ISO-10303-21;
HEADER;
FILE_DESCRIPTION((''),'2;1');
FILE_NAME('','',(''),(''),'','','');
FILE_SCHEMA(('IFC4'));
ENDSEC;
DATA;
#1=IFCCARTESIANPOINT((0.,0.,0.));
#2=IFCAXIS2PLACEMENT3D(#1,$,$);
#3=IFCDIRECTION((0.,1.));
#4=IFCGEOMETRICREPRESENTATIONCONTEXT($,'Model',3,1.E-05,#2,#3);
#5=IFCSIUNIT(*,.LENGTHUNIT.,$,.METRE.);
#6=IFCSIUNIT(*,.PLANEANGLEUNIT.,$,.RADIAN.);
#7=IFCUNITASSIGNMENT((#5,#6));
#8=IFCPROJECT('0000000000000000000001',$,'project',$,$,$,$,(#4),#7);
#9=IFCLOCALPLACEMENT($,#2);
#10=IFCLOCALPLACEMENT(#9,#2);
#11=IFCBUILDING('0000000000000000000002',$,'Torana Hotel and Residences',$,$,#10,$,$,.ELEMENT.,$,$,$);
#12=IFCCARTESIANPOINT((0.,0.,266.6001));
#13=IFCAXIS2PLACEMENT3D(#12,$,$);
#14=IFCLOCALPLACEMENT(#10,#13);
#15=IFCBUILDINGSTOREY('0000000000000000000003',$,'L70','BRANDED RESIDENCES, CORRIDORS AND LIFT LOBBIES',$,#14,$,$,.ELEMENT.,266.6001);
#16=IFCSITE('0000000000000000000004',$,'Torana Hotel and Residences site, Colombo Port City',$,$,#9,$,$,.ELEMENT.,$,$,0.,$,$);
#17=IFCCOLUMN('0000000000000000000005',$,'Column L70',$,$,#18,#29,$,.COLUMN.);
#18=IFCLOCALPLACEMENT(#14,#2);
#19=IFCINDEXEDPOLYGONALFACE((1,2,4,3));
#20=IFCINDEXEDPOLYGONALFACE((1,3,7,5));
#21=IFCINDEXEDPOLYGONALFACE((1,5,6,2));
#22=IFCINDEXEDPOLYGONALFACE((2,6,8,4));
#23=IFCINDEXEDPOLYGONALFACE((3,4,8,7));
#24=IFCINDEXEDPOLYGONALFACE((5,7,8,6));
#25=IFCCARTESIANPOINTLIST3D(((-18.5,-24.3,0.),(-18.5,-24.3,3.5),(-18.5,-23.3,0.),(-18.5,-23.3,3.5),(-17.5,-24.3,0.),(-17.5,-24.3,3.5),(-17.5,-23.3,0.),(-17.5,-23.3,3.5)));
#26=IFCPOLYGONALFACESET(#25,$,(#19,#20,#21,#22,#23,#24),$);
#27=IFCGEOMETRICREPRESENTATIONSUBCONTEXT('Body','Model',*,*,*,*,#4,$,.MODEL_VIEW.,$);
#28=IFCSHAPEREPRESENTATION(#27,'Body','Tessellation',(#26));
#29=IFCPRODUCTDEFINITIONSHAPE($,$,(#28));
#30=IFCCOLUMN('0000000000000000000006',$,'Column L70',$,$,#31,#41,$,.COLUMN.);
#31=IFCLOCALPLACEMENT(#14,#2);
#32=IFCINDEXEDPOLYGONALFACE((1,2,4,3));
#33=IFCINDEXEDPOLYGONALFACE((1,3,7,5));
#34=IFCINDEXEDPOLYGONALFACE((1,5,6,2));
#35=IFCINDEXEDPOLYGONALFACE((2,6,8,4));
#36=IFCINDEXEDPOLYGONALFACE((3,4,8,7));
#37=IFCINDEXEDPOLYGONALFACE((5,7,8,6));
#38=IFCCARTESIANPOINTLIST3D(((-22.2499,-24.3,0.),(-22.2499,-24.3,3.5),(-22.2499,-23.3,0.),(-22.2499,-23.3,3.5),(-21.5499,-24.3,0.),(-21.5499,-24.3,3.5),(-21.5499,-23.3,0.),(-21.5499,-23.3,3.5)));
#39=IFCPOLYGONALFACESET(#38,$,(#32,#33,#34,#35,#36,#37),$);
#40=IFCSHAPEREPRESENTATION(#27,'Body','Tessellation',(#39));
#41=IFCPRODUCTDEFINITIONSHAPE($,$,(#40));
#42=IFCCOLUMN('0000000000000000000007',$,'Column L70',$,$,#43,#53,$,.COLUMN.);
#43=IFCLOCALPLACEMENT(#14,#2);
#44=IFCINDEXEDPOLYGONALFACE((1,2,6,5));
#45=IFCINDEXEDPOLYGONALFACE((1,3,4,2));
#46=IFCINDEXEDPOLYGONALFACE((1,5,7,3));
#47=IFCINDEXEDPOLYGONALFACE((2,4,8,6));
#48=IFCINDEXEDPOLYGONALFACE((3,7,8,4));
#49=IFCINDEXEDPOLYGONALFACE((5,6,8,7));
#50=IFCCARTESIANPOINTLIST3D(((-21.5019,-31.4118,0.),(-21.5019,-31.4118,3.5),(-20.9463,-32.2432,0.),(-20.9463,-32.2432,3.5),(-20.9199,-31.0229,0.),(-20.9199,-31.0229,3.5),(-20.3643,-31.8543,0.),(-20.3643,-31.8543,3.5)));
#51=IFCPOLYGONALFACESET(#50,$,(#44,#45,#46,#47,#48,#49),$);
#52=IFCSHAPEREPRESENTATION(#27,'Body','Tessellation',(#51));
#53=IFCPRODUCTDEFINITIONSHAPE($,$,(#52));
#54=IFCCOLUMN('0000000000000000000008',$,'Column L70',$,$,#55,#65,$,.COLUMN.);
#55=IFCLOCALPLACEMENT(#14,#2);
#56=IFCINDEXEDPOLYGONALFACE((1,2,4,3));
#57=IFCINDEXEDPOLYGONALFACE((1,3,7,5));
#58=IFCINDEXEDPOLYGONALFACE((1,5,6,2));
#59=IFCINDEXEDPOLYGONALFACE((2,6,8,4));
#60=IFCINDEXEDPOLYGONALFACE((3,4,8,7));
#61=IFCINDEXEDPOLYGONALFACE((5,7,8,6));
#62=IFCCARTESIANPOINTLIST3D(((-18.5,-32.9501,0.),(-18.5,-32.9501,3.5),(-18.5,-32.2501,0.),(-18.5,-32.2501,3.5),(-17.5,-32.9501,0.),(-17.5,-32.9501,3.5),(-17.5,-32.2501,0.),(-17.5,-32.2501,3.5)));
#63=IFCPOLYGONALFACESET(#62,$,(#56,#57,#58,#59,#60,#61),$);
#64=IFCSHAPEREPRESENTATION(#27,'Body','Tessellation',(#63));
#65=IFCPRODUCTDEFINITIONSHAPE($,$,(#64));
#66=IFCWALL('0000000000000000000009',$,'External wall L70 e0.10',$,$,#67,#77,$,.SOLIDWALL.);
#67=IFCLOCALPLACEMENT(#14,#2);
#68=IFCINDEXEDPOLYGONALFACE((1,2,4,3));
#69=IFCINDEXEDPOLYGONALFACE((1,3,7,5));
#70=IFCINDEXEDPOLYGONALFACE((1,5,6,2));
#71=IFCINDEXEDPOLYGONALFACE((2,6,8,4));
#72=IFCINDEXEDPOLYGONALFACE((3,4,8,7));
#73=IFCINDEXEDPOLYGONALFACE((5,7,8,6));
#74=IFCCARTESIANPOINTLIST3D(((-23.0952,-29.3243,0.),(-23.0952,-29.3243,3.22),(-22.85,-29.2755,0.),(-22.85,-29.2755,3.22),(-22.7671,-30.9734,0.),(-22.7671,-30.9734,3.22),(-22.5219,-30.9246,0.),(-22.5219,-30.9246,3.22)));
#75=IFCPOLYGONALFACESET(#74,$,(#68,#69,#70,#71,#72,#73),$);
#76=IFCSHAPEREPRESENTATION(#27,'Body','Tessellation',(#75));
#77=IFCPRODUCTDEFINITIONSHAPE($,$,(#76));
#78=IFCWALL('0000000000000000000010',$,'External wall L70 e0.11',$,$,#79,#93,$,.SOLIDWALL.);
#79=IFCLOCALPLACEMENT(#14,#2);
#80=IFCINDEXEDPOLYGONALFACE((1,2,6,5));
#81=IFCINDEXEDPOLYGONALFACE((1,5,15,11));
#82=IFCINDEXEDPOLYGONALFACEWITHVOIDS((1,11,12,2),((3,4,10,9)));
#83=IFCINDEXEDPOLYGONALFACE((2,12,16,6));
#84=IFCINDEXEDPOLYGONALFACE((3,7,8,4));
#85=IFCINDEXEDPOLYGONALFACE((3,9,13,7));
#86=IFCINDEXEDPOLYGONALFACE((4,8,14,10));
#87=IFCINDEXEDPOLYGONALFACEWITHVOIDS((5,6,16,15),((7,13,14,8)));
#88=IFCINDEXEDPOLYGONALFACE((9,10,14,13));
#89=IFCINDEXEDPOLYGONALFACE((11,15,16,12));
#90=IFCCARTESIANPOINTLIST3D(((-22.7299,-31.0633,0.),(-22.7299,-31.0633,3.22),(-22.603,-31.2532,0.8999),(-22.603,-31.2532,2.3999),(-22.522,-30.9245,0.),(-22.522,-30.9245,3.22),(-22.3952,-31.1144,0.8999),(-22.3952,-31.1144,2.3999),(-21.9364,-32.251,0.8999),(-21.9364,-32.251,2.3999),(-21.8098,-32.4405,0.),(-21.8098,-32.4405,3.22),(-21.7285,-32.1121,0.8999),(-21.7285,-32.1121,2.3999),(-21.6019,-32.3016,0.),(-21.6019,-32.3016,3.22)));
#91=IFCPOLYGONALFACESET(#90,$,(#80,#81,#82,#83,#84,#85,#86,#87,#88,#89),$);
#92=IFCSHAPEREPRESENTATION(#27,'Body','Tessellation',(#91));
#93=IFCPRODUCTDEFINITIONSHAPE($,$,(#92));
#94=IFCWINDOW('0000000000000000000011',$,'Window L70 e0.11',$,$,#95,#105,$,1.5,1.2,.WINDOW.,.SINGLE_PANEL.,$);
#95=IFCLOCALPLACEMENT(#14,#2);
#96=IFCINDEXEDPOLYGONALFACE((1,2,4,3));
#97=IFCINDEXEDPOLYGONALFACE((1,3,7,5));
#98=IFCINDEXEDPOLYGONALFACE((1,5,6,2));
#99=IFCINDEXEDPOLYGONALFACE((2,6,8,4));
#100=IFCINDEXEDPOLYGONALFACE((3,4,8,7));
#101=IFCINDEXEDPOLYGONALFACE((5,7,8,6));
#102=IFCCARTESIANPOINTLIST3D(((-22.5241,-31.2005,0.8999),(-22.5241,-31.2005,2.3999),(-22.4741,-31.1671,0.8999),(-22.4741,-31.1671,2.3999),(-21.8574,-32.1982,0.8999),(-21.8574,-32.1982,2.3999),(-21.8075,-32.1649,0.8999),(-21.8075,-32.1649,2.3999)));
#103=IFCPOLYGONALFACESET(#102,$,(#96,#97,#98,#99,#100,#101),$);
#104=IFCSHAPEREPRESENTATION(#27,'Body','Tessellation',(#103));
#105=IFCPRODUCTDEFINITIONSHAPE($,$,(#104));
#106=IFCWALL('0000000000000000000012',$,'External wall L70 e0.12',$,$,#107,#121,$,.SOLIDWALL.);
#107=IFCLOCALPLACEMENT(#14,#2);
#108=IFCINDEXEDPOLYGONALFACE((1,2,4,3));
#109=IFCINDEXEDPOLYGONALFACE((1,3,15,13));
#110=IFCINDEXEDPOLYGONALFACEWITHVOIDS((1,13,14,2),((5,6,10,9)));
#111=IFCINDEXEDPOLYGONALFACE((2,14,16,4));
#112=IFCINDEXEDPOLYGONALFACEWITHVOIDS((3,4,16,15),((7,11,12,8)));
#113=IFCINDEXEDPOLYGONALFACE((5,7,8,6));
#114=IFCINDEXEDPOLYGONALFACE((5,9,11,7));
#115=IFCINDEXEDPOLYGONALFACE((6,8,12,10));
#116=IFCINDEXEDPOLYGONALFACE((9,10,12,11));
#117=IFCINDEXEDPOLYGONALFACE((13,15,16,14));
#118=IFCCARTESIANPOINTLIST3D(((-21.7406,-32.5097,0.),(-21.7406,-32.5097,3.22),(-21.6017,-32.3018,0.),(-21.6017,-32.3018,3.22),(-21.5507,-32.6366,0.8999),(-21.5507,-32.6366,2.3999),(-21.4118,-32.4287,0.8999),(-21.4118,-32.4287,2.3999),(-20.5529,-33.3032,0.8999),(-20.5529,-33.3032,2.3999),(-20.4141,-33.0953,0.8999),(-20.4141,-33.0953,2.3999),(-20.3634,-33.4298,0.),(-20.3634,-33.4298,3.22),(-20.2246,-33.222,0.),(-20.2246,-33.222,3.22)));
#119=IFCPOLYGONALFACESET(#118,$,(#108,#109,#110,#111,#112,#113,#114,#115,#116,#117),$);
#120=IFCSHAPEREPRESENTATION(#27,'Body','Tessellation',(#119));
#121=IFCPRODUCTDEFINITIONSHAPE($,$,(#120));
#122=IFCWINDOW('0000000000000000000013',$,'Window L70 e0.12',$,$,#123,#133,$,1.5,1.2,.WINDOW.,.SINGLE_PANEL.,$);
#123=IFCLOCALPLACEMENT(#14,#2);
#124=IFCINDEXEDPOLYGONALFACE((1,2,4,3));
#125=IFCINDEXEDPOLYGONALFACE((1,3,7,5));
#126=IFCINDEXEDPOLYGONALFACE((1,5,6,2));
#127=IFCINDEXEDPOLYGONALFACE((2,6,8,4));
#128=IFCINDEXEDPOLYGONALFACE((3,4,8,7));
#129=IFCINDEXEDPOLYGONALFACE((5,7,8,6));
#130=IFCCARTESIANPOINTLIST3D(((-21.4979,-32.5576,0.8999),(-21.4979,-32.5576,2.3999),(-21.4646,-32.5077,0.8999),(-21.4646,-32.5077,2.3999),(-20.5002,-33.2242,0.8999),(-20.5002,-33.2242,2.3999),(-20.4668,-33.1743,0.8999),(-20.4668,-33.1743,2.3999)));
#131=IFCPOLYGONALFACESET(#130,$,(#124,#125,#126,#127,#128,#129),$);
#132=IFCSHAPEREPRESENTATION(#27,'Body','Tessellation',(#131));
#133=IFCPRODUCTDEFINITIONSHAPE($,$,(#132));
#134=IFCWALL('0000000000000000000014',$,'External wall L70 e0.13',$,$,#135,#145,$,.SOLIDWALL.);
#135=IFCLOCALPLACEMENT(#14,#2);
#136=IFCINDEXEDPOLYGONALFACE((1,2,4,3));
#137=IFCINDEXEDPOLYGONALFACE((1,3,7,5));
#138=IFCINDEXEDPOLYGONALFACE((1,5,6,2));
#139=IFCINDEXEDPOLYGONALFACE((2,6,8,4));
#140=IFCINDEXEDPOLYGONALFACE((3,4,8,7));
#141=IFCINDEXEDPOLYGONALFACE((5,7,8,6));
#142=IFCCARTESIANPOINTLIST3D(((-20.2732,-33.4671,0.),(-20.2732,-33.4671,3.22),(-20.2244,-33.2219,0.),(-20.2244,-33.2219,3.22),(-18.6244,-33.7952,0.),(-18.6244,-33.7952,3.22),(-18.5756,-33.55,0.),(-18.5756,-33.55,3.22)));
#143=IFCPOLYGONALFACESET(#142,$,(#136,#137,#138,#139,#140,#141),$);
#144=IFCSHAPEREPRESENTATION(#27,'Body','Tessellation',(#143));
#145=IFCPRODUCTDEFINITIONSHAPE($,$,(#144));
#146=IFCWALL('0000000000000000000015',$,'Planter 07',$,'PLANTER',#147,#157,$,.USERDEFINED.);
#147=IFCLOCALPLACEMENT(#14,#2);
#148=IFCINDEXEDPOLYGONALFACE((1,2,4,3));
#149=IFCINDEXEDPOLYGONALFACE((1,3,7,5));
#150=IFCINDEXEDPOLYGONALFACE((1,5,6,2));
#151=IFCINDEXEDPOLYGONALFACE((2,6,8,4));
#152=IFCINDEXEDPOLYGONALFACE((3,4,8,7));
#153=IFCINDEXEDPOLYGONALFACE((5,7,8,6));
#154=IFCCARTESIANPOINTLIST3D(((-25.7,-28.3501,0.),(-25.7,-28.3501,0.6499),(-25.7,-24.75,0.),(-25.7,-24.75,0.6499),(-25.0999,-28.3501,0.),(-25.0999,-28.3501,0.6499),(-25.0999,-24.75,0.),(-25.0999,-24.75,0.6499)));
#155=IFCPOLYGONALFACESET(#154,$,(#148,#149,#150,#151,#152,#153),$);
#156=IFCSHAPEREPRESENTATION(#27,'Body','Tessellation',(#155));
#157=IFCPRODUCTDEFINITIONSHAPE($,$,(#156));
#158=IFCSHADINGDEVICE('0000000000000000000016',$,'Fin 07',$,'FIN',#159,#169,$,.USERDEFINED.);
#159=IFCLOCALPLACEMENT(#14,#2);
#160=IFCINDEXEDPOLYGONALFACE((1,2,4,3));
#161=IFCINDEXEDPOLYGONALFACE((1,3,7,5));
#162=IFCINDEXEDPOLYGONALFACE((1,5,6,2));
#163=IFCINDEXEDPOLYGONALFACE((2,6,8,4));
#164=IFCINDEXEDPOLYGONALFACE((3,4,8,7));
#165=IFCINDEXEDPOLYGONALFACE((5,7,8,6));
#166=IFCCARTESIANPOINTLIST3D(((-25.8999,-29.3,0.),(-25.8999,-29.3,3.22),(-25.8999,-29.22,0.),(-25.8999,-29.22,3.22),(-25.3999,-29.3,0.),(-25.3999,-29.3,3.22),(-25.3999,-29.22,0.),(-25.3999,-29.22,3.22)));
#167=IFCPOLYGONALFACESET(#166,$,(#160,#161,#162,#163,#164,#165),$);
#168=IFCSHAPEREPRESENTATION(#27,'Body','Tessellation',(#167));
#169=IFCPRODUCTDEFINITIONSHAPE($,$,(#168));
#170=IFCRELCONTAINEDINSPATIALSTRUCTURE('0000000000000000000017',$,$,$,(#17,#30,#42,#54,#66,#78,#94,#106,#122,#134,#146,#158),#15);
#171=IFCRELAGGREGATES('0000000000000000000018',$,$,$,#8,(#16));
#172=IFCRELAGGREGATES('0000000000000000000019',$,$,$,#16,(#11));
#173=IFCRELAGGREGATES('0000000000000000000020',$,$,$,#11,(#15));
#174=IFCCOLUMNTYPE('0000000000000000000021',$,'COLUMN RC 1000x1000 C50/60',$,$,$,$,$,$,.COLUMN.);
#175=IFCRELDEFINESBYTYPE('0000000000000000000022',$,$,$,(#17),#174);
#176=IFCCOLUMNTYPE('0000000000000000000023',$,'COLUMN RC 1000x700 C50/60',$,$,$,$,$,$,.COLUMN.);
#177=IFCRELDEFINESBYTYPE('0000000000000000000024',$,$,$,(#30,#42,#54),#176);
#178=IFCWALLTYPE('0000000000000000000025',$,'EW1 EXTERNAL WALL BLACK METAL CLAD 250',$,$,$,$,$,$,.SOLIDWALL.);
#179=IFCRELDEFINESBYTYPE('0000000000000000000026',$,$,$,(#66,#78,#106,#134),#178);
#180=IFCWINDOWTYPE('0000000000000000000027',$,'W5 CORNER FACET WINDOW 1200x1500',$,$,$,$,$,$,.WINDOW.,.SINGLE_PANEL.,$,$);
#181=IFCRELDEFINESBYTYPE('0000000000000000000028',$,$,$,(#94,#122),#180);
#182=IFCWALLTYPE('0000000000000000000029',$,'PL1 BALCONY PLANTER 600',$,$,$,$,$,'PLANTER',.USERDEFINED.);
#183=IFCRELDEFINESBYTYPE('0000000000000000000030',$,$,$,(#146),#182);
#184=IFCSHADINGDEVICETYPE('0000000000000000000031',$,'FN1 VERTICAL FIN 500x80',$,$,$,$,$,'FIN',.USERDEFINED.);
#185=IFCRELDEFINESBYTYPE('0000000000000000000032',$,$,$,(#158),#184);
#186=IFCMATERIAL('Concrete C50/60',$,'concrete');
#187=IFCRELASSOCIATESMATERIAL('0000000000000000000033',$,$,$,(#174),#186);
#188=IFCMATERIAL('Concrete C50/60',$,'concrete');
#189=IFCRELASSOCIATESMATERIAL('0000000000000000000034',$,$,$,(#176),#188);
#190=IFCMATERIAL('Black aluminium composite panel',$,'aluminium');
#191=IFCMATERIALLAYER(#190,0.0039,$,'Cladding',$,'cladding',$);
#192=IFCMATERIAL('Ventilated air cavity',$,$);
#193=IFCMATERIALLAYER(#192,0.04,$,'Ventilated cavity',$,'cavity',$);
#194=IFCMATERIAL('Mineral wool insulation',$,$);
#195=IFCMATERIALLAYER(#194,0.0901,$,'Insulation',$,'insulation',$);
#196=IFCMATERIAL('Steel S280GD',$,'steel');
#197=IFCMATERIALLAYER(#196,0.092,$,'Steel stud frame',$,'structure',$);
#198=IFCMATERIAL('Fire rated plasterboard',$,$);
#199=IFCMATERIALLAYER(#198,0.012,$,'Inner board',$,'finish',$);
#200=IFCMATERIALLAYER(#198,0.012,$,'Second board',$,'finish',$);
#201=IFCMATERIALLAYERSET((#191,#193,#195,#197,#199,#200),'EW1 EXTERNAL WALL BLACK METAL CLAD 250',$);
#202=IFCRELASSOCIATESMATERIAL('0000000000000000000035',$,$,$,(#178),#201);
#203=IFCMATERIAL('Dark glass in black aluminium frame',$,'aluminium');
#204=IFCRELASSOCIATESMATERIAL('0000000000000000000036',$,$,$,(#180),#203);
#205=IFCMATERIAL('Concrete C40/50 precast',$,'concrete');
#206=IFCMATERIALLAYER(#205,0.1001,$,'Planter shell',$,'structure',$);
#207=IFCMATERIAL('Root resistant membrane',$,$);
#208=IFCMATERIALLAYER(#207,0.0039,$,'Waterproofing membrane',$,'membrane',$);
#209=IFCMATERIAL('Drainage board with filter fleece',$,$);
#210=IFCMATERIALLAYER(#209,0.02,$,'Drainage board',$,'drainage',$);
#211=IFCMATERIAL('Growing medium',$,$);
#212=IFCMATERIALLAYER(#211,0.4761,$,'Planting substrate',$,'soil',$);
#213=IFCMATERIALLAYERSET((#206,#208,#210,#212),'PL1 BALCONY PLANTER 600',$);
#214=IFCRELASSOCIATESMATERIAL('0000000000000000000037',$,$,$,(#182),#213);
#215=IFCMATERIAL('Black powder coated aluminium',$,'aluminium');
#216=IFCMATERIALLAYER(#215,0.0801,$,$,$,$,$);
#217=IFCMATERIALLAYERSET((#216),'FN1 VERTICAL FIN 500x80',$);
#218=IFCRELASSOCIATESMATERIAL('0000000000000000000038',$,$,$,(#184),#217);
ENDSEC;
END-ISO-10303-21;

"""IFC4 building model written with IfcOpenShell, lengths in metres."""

from ifc_helpers import new_model, si_unit, direction, frame, frame_2d, origin, origin_2d, place, context, subcontext, project, spatial, rectangle, extrude, material, layer, layer_set, material_profile, profile_set, type_object, element, fill, save


model = new_model("IFC4")

# Units and contexts
model_context = context("Model", 3, precision=1e-05, world=origin(), true_north=direction((0.0, 1.0)))
body_context = subcontext(model_context, "Body", "Model", "MODEL_VIEW")
ifc_project = project(units=[si_unit("LENGTHUNIT", "METRE"), si_unit("PLANEANGLEUNIT", "RADIAN")], contexts=[model_context])

# Site, building, storey
site_placement = place(None, origin())
site = spatial("IfcSite", under=ifc_project, at=site_placement, Name="Torana Hotel and Residences site, Colombo Port City", CompositionType="ELEMENT", RefElevation=0.0)
building_placement = place(site_placement, origin())
building = spatial("IfcBuilding", under=site, at=building_placement, Name="Torana Hotel and Residences", CompositionType="ELEMENT")
storey_placement = place(building_placement, frame((0.0, 0.0, 266.6001)))
storey = spatial("IfcBuildingStorey", under=building, at=storey_placement, Name="L70", Description="BRANDED RESIDENCES, CORRIDORS AND LIFT LOBBIES", CompositionType="ELEMENT", Elevation=266.6001)

# Columns
ifc_material_1 = material(Name="Concrete C50/60", Category="concrete")
ifc_material_profile_1 = material_profile(ifc_material_1, rectangle(XDim=1.0, YDim=1.0, at=origin_2d()), Name="RC 1000x1000")
ifc_profile_set_1 = profile_set([ifc_material_profile_1], Name="Concrete C50/60")
column_type_1 = type_object("IfcColumnType", Name="COLUMN RC 1000x1000 C50/60", PredefinedType="COLUMN", material=ifc_profile_set_1)
column_placement = place(storey_placement, frame((-18.0, -23.8, 0.0), z_axis=(0.0, 0.0, 1.0), x_axis=(1.0, 0.0, 0.0)))
element("IfcColumn", 1, at=column_placement, inside=storey, type_object=column_type_1, Name="Column L70", PredefinedType="COLUMN", context=body_context, shape_type="SweptSolid", body=[
    extrude(rectangle(XDim=1.0, YDim=1.0, at=origin_2d()), origin(), (0.0, 0.0, 1.0), 3.5),
])
ifc_material_2 = material(Name="Concrete C50/60", Category="concrete")
ifc_material_profile_2 = material_profile(ifc_material_2, rectangle(XDim=1.0, YDim=0.7, at=origin_2d()), Name="RC 1000x700")
ifc_profile_set_2 = profile_set([ifc_material_profile_2], Name="Concrete C50/60")
column_type_2 = type_object("IfcColumnType", Name="COLUMN RC 1000x700 C50/60", PredefinedType="COLUMN", material=ifc_profile_set_2)
for number, where, z_axis, x_axis, name in (
    (2, (-21.8999, -23.8, 0.0), (0.0, 0.0, 1.0), (0.0, 1.0, 0.0), "Column L70"),
    (3, (-20.9331, -31.6331, 0.0), (0.0, 0.0, 1.0), (-0.555585, 0.83146, 0.0), "Column L70"),
    (4, (-18.0, -32.6001, 0.0), (0.0, 0.0, 1.0), (1.0, 0.0, 0.0), "Column L70"),
):
    element("IfcColumn", number, at=place(storey_placement, frame(where, z_axis=z_axis, x_axis=x_axis)), inside=storey, type_object=column_type_2, Name=name, PredefinedType="COLUMN", context=body_context, shape_type="SweptSolid", body=[
        extrude(rectangle(XDim=1.0, YDim=0.7, at=origin_2d()), origin(), (0.0, 0.0, 1.0), 3.5),
    ])

# Wall
ifc_material_3 = material(Name="Black aluminium composite panel", Category="aluminium")
ifc_layer_1 = layer(ifc_material_3, 0.0039, Name="Cladding", Category="cladding")
ifc_material_4 = material(Name="Ventilated air cavity")
ifc_layer_2 = layer(ifc_material_4, 0.04, Name="Ventilated cavity", Category="cavity")
ifc_material_5 = material(Name="Mineral wool insulation")
ifc_layer_3 = layer(ifc_material_5, 0.0901, Name="Insulation", Category="insulation")
ifc_material_6 = material(Name="Steel S280GD", Category="steel")
ifc_layer_4 = layer(ifc_material_6, 0.092, Name="Steel stud frame", Category="structure")
ifc_material_7 = material(Name="Fire rated plasterboard")
ifc_layer_5 = layer(ifc_material_7, 0.012, Name="Inner board", Category="finish")
ifc_layer_6 = layer(ifc_material_7, 0.012, Name="Second board", Category="finish")
ifc_layer_set_1 = layer_set([ifc_layer_1, ifc_layer_2, ifc_layer_3, ifc_layer_4, ifc_layer_5, ifc_layer_6], Name="EW1 EXTERNAL WALL BLACK METAL CLAD 250")
wall_type_1 = type_object("IfcWallType", Name="EW1 EXTERNAL WALL BLACK METAL CLAD 250", PredefinedType="SOLIDWALL", material=ifc_layer_set_1)
wall_1_placement = place(storey_placement, frame((-22.9727, -29.2998, 0.0), z_axis=(0.0, 0.0, 1.0), x_axis=(0.195139, -0.980776, 0.0)))
element("IfcWall", 5, at=wall_1_placement, inside=storey, type_object=wall_type_1, Name="External wall L70 e0.10", PredefinedType="SOLIDWALL", context=body_context, shape_type="SweptSolid", body=[
    extrude(rectangle(XDim=1.6814, YDim=0.25, at=frame_2d((0.8408, 0.0))), origin(), (0.0, 0.0, 1.0), 3.22),
])

# Walls, openings, windows
wall_2_placement = place(storey_placement, frame((-22.626, -30.9939, 0.0), z_axis=(0.0, 0.0, 1.0), x_axis=(0.55555, -0.831483, 0.0)))
wall_2 = element("IfcWall", 6, at=wall_2_placement, inside=storey, type_object=wall_type_1, Name="External wall L70 e0.11", PredefinedType="SOLIDWALL", context=body_context, shape_type="SweptSolid", body=[
    extrude(rectangle(XDim=1.6562, YDim=0.25, at=frame_2d((0.8281, 0.0))), origin(), (0.0, 0.0, 1.0), 3.22),
])
opening_1_placement = place(wall_2_placement, frame((0.2283, 0.0, 0.8999)))
opening_1 = element("IfcOpeningElement", 7, at=opening_1_placement, cuts=wall_2, PredefinedType="OPENING", context=body_context, shape_type="SweptSolid", body=[
    extrude(rectangle(XDim=1.2, YDim=1.5, at=frame_2d((0.6001, 0.75))), frame((0.0, 0.135, 0.0), z_axis=(0.0, -1.0, 0.0), x_axis=(1.0, 0.0, 0.0)), (0.0, 0.0, 1.0), 0.27),
])
ifc_material_8 = material(Name="Dark glass in black aluminium frame", Category="aluminium")
window_type_1 = type_object("IfcWindowType", Name="W5 CORNER FACET WINDOW 1200x1500", PartitioningType="SINGLE_PANEL", PredefinedType="WINDOW", material=ifc_material_8)
window_1_placement = place(opening_1_placement, origin())
window_1 = element("IfcWindow", 8, at=window_1_placement, inside=storey, type_object=window_type_1, Name="Window L70 e0.11", OverallHeight=1.5, OverallWidth=1.2, PartitioningType="SINGLE_PANEL", PredefinedType="WINDOW", context=body_context, shape_type="SweptSolid", body=[
    extrude(rectangle(XDim=1.2, YDim=1.5, at=frame_2d((0.6001, 0.75))), frame((0.0, 0.03, 0.0), z_axis=(0.0, -1.0, 0.0), x_axis=(1.0, 0.0, 0.0)), (0.0, 0.0, 1.0), 0.0601),
])
fill(opening_1, window_1)
wall_3_placement = place(storey_placement, frame((-21.6711, -32.4058, 0.0), z_axis=(0.0, 0.0, 1.0), x_axis=(0.831483, -0.55555, 0.0)))
wall_3 = element("IfcWall", 9, at=wall_3_placement, inside=storey, type_object=wall_type_1, Name="External wall L70 e0.12", PredefinedType="SOLIDWALL", context=body_context, shape_type="SweptSolid", body=[
    extrude(rectangle(XDim=1.6562, YDim=0.25, at=frame_2d((0.8281, 0.0))), origin(), (0.0, 0.0, 1.0), 3.22),
])
opening_2_placement = place(wall_3_placement, frame((0.2283, 0.0, 0.8999)))
opening_2 = element("IfcOpeningElement", 10, at=opening_2_placement, cuts=wall_3, PredefinedType="OPENING", context=body_context, shape_type="SweptSolid", body=[
    extrude(rectangle(XDim=1.2, YDim=1.5, at=frame_2d((0.6001, 0.75))), frame((0.0, 0.135, 0.0), z_axis=(0.0, -1.0, 0.0), x_axis=(1.0, 0.0, 0.0)), (0.0, 0.0, 1.0), 0.27),
])
window_2_placement = place(opening_2_placement, origin())
window_2 = element("IfcWindow", 11, at=window_2_placement, inside=storey, type_object=window_type_1, Name="Window L70 e0.12", OverallHeight=1.5, OverallWidth=1.2, PartitioningType="SINGLE_PANEL", PredefinedType="WINDOW", context=body_context, shape_type="SweptSolid", body=[
    extrude(rectangle(XDim=1.2, YDim=1.5, at=frame_2d((0.6001, 0.75))), frame((0.0, 0.03, 0.0), z_axis=(0.0, -1.0, 0.0), x_axis=(1.0, 0.0, 0.0)), (0.0, 0.0, 1.0), 0.0601),
])
fill(opening_2, window_2)

# Wall
wall_4_placement = place(storey_placement, frame((-20.2488, -33.3445, 0.0), z_axis=(0.0, 0.0, 1.0), x_axis=(0.98077, -0.195167, 0.0)))
element("IfcWall", 12, at=wall_4_placement, inside=storey, type_object=wall_type_1, Name="External wall L70 e0.13", PredefinedType="SOLIDWALL", context=body_context, shape_type="SweptSolid", body=[
    extrude(rectangle(XDim=1.6812, YDim=0.25, at=frame_2d((0.8406, 0.0))), origin(), (0.0, 0.0, 1.0), 3.22),
])

# Wall
ifc_material_9 = material(Name="Concrete C40/50 precast", Category="concrete")
ifc_layer_7 = layer(ifc_material_9, 0.1001, Name="Planter shell", Category="structure")
ifc_material_10 = material(Name="Root resistant membrane")
ifc_layer_8 = layer(ifc_material_10, 0.0039, Name="Waterproofing membrane", Category="membrane")
ifc_material_11 = material(Name="Drainage board with filter fleece")
ifc_layer_9 = layer(ifc_material_11, 0.02, Name="Drainage board", Category="drainage")
ifc_material_12 = material(Name="Growing medium")
ifc_layer_10 = layer(ifc_material_12, 0.4761, Name="Planting substrate", Category="soil")
ifc_layer_set_2 = layer_set([ifc_layer_7, ifc_layer_8, ifc_layer_9, ifc_layer_10], Name="PL1 BALCONY PLANTER 600")
wall_type_2 = type_object("IfcWallType", Name="PL1 BALCONY PLANTER 600", ElementType="PLANTER", PredefinedType="USERDEFINED", material=ifc_layer_set_2)
wall_5_placement = place(storey_placement, frame((-25.3999, -28.3501, 0.0), z_axis=(0.0, 0.0, 1.0), x_axis=(0.0, 1.0, 0.0)))
element("IfcWall", 13, at=wall_5_placement, inside=storey, type_object=wall_type_2, Name="Planter 07", ObjectType="PLANTER", PredefinedType="USERDEFINED", context=body_context, shape_type="SweptSolid", body=[
    extrude(rectangle(XDim=3.6001, YDim=0.6001, at=frame_2d((1.8, 0.0))), origin(), (0.0, 0.0, 1.0), 0.6499),
])

# Shading device
ifc_material_13 = material(Name="Black powder coated aluminium", Category="aluminium")
ifc_layer_11 = layer(ifc_material_13, 0.0801)
ifc_layer_set_3 = layer_set([ifc_layer_11], Name="FN1 VERTICAL FIN 500x80")
shading_device_type = type_object("IfcShadingDeviceType", Name="FN1 VERTICAL FIN 500x80", ElementType="FIN", PredefinedType="USERDEFINED", material=ifc_layer_set_3)
shading_device_placement = place(storey_placement, frame((-25.6499, -29.26, 0.0), z_axis=(0.0, 0.0, 1.0), x_axis=(0.0, 1.0, 0.0)))
element("IfcShadingDevice", 14, at=shading_device_placement, inside=storey, type_object=shading_device_type, Name="Fin 07", ObjectType="FIN", PredefinedType="USERDEFINED", context=body_context, shape_type="SweptSolid", body=[
    extrude(rectangle(XDim=0.0801, YDim=0.5, at=origin_2d()), origin(), (0.0, 0.0, 1.0), 3.22),
])

save(model, "model.ifc")
